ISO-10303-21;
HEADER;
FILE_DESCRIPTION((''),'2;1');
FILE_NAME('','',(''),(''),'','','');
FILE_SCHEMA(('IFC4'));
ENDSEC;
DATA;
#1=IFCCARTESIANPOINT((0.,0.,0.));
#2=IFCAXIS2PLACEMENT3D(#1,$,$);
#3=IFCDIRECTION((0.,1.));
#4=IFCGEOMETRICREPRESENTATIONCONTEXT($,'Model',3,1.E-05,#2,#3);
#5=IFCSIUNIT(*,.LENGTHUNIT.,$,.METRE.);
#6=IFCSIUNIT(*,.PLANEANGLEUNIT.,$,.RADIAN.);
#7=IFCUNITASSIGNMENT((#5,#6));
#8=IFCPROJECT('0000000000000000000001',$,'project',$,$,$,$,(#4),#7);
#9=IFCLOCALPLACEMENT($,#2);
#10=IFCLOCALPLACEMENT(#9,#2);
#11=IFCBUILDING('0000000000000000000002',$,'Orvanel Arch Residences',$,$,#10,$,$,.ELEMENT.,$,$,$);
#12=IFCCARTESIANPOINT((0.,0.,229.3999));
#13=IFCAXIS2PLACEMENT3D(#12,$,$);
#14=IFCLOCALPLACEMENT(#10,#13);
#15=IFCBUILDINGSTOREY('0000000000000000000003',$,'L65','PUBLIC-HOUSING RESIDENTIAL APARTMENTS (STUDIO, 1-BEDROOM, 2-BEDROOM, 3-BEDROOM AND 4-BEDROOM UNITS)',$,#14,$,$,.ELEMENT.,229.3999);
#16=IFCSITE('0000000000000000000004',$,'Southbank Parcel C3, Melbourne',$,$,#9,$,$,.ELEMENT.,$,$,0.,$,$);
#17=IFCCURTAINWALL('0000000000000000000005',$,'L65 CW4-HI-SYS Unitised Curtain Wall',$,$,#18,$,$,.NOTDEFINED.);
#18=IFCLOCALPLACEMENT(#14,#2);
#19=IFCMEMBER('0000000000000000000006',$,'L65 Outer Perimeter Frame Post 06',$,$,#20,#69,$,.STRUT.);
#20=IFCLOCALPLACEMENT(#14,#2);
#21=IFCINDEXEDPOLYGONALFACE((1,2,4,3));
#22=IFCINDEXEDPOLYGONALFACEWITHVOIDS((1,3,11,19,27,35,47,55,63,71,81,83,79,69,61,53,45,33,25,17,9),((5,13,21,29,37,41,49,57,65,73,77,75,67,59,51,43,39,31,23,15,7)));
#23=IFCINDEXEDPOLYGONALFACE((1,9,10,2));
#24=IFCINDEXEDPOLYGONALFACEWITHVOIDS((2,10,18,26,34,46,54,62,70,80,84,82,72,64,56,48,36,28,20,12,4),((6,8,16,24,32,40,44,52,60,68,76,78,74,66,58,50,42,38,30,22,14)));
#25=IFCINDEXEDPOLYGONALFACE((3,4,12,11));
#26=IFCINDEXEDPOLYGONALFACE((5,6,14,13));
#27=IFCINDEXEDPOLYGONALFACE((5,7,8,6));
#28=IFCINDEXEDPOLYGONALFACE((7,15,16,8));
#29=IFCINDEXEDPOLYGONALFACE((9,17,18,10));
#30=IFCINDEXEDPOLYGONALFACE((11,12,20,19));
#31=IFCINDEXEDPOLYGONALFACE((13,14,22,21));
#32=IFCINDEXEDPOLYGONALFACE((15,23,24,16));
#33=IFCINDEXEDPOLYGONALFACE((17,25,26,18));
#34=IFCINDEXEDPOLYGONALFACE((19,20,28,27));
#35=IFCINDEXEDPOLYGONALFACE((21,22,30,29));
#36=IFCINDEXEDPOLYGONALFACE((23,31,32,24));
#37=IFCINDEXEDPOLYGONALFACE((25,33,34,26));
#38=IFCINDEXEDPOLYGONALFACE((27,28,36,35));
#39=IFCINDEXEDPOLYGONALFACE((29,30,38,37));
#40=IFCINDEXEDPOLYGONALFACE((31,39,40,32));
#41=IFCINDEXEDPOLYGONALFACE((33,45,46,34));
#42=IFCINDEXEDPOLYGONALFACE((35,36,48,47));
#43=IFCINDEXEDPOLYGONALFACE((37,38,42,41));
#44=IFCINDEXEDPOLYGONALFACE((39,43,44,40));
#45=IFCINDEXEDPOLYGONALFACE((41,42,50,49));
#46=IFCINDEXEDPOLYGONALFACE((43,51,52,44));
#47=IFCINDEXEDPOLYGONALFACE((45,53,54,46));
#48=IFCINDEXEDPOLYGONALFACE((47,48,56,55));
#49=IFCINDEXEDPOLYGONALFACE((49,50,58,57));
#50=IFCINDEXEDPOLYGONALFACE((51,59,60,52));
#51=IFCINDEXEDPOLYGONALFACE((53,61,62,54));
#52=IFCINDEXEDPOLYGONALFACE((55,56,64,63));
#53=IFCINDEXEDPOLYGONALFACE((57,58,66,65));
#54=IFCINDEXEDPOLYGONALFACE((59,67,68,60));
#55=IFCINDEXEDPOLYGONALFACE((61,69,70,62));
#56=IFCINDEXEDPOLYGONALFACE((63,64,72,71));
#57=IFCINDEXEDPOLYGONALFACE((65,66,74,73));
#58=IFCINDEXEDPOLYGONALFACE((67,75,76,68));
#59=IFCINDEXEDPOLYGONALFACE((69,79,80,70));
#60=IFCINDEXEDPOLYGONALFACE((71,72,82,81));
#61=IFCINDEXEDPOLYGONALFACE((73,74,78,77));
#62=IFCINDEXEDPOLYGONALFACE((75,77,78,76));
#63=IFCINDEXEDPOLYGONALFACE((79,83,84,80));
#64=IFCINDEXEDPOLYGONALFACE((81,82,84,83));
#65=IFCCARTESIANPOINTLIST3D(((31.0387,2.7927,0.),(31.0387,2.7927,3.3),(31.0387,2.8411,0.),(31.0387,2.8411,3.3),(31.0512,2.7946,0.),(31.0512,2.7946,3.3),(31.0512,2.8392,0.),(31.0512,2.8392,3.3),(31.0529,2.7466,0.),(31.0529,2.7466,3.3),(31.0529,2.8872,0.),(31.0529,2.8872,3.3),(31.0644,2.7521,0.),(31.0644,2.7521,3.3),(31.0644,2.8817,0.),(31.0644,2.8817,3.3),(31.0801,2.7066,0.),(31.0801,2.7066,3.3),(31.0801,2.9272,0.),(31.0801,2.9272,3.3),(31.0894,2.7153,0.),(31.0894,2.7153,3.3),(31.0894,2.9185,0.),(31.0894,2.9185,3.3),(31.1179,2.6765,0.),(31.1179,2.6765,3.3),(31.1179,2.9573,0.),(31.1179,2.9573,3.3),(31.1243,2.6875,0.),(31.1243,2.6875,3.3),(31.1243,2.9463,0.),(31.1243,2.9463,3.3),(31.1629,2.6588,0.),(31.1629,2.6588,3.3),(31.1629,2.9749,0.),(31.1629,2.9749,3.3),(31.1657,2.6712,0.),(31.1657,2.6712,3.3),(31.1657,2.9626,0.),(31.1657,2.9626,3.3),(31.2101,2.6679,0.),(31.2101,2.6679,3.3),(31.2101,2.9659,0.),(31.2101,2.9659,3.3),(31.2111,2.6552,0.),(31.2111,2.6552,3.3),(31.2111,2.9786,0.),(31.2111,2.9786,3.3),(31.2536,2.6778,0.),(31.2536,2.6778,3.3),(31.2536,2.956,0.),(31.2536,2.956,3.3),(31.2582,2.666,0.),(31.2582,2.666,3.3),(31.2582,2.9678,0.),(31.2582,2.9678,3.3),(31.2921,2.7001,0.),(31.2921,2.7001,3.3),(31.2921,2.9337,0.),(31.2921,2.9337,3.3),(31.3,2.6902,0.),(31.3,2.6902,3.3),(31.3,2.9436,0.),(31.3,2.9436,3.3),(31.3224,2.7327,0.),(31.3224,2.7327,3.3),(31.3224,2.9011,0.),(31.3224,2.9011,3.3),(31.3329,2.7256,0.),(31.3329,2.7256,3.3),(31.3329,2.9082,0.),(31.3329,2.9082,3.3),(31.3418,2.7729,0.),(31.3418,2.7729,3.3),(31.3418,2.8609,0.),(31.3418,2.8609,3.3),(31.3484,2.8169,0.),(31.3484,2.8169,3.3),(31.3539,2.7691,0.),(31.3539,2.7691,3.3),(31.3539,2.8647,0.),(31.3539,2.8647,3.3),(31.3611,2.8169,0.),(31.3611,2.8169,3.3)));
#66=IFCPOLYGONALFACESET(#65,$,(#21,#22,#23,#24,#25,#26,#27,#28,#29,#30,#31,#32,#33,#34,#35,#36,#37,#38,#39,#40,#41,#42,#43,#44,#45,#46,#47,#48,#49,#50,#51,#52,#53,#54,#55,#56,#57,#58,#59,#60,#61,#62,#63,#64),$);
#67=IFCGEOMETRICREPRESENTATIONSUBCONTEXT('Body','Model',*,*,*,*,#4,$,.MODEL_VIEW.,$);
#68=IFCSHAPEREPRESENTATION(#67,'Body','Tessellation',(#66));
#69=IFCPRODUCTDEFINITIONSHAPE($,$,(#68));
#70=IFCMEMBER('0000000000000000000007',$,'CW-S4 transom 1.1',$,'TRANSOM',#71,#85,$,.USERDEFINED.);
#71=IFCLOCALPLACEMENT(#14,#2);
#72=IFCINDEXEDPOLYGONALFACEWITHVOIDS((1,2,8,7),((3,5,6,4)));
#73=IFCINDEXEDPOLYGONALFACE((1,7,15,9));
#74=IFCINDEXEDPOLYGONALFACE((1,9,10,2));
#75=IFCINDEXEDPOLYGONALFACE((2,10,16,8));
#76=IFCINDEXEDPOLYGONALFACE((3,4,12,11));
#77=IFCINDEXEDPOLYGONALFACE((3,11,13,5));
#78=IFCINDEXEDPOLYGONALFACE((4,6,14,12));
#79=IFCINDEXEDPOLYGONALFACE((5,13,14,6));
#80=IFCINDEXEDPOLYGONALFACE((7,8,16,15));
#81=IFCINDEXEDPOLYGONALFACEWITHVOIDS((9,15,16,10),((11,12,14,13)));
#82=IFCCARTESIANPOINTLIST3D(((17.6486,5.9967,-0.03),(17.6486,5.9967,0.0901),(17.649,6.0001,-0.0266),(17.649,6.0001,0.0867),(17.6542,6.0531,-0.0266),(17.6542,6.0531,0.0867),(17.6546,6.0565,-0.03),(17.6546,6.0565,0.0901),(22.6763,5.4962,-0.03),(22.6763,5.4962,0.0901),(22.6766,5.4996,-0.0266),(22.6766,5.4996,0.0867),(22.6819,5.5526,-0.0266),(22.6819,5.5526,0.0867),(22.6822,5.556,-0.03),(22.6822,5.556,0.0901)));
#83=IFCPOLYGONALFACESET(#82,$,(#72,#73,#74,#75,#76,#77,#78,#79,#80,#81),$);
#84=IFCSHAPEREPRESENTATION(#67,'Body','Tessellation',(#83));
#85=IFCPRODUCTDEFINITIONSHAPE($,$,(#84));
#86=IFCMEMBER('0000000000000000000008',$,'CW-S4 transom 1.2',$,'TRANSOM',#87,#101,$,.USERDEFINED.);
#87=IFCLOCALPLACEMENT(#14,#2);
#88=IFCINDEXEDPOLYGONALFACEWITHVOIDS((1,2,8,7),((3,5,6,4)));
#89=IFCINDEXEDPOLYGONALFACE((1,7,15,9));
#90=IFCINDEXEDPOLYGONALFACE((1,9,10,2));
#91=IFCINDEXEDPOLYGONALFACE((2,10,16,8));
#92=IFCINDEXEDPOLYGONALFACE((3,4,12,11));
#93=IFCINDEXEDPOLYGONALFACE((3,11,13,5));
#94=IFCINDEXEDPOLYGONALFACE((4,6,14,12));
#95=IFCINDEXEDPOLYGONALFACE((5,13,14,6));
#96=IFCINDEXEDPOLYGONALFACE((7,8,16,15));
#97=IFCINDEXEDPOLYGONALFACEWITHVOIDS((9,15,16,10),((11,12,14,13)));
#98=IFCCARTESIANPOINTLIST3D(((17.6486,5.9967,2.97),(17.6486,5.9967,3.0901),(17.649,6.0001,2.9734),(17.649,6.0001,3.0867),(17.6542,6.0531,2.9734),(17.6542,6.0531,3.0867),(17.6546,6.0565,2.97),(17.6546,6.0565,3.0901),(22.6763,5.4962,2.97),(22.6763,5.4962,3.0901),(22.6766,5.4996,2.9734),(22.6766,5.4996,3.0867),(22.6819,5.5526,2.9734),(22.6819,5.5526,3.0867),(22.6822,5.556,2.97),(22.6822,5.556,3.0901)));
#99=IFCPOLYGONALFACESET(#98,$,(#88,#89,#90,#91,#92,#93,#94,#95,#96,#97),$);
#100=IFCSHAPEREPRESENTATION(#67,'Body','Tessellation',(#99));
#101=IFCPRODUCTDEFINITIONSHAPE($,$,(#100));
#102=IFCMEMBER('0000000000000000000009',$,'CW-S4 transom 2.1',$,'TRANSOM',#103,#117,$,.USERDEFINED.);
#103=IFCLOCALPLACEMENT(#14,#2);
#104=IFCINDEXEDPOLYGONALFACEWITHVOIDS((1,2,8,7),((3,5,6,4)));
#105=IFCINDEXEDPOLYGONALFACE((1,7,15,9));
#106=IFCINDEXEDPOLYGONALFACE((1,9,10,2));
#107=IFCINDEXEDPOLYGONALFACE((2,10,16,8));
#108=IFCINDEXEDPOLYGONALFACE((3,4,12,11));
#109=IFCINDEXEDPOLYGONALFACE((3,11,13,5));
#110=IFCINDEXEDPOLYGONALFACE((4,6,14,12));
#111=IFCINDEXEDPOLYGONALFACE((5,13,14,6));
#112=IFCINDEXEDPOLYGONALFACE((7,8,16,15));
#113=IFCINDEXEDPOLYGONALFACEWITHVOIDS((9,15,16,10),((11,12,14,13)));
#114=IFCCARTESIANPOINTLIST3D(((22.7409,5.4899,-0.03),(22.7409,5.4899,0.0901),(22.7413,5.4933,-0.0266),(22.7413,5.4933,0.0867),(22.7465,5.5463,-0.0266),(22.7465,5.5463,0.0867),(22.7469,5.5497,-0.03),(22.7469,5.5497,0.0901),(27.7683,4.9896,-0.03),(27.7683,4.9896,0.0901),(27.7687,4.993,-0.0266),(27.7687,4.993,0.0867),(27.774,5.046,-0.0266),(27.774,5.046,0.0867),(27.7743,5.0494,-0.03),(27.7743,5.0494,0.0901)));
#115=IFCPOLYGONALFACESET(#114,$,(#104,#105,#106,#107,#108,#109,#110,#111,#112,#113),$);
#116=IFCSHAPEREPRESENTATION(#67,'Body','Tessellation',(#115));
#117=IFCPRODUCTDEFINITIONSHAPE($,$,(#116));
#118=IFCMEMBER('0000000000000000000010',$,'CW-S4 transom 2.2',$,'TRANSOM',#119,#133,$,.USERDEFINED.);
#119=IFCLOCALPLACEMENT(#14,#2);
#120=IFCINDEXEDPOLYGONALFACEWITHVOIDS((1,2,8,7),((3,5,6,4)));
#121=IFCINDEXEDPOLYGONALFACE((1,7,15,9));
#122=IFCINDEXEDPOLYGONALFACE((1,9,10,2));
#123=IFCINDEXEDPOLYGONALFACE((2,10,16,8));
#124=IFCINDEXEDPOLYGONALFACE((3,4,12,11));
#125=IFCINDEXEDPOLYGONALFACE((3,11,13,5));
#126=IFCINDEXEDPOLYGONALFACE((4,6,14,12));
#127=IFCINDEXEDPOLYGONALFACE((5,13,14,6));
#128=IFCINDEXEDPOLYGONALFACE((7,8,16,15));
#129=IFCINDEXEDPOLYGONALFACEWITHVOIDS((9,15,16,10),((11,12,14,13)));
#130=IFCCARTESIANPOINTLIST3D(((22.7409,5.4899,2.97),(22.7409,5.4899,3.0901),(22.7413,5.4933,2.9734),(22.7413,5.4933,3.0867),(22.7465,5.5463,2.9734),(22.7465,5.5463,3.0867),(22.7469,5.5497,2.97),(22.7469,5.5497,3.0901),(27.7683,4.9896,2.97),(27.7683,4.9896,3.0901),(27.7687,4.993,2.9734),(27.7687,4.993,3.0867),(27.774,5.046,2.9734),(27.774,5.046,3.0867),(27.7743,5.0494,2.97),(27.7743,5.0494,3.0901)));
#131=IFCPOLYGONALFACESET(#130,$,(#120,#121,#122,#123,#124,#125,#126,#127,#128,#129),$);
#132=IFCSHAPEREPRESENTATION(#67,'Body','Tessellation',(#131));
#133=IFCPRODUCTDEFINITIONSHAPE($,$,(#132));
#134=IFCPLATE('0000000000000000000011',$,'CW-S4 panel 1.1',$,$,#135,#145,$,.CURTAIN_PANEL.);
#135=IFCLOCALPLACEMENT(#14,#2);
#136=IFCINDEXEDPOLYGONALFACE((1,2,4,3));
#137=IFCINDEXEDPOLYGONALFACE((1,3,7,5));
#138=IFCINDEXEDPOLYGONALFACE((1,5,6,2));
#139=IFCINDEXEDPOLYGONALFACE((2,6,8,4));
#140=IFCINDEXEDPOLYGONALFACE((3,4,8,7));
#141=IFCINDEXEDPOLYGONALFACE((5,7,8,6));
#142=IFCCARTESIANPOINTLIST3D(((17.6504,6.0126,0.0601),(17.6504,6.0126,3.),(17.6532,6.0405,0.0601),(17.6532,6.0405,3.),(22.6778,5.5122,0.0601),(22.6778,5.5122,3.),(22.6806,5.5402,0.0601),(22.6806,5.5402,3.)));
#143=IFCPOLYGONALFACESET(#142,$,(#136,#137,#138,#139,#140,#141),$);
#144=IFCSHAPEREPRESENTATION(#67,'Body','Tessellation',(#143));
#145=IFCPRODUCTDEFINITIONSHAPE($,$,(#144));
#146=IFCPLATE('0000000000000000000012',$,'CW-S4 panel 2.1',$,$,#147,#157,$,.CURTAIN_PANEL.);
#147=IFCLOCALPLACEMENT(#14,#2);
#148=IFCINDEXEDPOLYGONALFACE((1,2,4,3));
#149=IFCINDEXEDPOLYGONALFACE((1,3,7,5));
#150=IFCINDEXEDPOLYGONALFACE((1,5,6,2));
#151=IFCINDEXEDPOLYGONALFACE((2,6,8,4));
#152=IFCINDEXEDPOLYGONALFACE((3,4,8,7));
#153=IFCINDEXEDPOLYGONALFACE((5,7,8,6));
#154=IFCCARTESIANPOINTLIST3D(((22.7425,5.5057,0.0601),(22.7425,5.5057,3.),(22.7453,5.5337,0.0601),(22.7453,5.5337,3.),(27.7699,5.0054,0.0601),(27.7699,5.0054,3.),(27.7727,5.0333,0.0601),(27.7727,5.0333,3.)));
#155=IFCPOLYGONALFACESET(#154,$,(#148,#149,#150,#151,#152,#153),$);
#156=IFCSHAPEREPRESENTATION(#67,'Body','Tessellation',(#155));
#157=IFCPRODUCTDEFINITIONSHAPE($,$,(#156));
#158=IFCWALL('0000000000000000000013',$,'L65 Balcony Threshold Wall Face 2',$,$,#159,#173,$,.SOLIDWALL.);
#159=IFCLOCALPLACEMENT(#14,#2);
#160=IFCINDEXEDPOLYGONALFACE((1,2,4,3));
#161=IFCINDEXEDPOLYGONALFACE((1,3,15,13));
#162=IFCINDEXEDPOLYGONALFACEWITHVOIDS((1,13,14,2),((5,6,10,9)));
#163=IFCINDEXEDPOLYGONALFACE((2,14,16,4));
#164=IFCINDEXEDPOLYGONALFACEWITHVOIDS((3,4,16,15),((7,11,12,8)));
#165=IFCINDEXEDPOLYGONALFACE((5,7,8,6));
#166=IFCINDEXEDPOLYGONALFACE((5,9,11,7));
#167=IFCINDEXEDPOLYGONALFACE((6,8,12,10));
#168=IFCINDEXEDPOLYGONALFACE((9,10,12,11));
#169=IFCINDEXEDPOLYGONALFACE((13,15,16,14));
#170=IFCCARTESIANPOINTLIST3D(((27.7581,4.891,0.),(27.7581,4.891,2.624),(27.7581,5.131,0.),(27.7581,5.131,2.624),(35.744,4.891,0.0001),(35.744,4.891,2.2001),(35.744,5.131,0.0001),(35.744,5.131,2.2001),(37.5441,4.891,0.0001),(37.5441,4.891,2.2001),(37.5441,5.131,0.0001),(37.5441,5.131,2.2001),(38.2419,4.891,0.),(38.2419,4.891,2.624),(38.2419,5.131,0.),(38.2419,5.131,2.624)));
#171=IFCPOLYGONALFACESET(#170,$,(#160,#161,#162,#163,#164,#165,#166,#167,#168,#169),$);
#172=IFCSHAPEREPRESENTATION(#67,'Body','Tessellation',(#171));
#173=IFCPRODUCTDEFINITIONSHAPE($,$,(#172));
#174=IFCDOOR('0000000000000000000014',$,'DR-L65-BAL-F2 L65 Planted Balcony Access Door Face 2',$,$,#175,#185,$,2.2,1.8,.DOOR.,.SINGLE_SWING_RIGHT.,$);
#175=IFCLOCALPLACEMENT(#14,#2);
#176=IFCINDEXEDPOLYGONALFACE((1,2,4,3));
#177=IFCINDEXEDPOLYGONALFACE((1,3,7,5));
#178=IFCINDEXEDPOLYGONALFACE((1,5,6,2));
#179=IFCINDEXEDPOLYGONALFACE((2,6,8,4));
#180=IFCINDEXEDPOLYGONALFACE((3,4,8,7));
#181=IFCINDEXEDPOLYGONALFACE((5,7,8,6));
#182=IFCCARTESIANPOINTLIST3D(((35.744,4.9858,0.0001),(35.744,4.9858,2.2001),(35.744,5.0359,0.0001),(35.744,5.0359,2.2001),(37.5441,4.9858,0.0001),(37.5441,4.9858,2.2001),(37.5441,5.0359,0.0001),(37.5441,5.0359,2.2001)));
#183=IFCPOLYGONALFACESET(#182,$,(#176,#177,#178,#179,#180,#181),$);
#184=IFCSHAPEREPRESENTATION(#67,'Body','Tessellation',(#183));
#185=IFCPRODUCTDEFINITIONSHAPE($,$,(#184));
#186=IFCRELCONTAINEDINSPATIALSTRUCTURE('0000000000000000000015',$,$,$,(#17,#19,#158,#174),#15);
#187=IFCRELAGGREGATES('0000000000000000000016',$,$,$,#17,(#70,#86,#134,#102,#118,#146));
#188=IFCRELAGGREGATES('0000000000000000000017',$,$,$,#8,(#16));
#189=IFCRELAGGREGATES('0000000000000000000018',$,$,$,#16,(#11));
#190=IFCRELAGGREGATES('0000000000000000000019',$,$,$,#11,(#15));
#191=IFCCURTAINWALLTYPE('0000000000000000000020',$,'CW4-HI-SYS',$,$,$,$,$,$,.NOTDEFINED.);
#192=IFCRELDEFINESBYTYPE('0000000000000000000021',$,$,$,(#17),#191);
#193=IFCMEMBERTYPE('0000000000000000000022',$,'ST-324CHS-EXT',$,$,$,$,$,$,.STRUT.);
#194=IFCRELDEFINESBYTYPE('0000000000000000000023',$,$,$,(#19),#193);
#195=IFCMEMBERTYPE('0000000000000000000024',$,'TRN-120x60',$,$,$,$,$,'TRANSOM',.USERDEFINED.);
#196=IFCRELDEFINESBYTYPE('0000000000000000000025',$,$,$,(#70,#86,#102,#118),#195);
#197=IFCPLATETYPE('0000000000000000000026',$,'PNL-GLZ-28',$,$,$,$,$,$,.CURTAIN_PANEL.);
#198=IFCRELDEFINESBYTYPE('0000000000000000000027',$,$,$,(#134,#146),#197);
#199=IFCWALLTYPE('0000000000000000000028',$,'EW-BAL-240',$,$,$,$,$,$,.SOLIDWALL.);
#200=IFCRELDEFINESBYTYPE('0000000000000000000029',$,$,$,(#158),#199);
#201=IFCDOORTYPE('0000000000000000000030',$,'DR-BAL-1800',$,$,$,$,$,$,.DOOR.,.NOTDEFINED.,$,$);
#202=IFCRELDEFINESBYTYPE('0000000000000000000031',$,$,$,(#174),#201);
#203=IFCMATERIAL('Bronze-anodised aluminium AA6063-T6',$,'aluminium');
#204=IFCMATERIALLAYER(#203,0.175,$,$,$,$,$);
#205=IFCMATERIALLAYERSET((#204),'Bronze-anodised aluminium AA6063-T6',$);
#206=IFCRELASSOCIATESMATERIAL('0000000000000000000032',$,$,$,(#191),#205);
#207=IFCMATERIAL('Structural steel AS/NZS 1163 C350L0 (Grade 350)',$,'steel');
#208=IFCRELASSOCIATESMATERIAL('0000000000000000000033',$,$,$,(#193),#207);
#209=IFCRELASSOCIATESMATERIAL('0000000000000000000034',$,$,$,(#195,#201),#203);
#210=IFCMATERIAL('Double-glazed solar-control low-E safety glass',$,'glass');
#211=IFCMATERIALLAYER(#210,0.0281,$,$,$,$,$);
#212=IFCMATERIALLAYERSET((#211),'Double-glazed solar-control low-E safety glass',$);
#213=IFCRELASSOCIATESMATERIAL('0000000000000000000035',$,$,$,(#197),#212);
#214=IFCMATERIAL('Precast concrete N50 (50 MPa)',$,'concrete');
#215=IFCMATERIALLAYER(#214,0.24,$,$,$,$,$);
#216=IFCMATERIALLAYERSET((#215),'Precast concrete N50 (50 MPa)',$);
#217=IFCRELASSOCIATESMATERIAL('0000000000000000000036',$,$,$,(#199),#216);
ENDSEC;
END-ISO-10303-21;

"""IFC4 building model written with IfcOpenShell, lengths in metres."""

from ifc_helpers import new_model, si_unit, direction, frame, frame_2d, origin, origin_2d, place, context, subcontext, project, spatial, rectangle, hollow_rectangle, hollow_circle, extrude, material, layer, layer_set, material_profile, profile_set, type_object, element, fill, aggregate, save


model = new_model("IFC4")

# Units and contexts
model_context = context("Model", 3, precision=1e-05, world=origin(), true_north=direction((0.0, 1.0)))
body_context = subcontext(model_context, "Body", "Model", "MODEL_VIEW")
ifc_project = project(units=[si_unit("LENGTHUNIT", "METRE"), si_unit("PLANEANGLEUNIT", "RADIAN")], contexts=[model_context])

# Site, building, storey
site_placement = place(None, origin())
site = spatial("IfcSite", under=ifc_project, at=site_placement, Name="Southbank Parcel C3, Melbourne", CompositionType="ELEMENT", RefElevation=0.0)
building_placement = place(site_placement, origin())
building = spatial("IfcBuilding", under=site, at=building_placement, Name="Orvanel Arch Residences", CompositionType="ELEMENT")
storey_placement = place(building_placement, frame((0.0, 0.0, 229.3999)))
storey = spatial("IfcBuildingStorey", under=building, at=storey_placement, Name="L65", Description="PUBLIC-HOUSING RESIDENTIAL APARTMENTS (STUDIO, 1-BEDROOM, 2-BEDROOM, 3-BEDROOM AND 4-BEDROOM UNITS)", CompositionType="ELEMENT", Elevation=229.3999)

# Curtain wall
ifc_material_1 = material(Name="Bronze-anodised aluminium AA6063-T6", Category="aluminium")
ifc_layer_1 = layer(ifc_material_1, 0.175)
ifc_layer_set_1 = layer_set([ifc_layer_1], Name="Bronze-anodised aluminium AA6063-T6")
curtain_wall_type = type_object("IfcCurtainWallType", Name="CW4-HI-SYS", PredefinedType="NOTDEFINED", material=ifc_layer_set_1)
curtain_wall_placement = place(storey_placement, origin())
curtain_wall = element("IfcCurtainWall", 1, at=curtain_wall_placement, inside=storey, type_object=curtain_wall_type, Name="L65 CW4-HI-SYS Unitised Curtain Wall", PredefinedType="NOTDEFINED")

# Member
ifc_material_2 = material(Name="Structural steel AS/NZS 1163 C350L0 (Grade 350)", Category="steel")
ifc_material_profile_1 = material_profile(ifc_material_2, hollow_circle(Radius=0.1621, WallThickness=0.0127, at=origin_2d()), Name="CHS324x12.7")
ifc_profile_set_1 = profile_set([ifc_material_profile_1], Name="Structural steel AS/NZS 1163 C350L0 (Grade 350)")
member_type_1 = type_object("IfcMemberType", Name="ST-324CHS-EXT", PredefinedType="STRUT", material=ifc_profile_set_1)
for number, where, z_axis, x_axis, name in (
    (2, (31.199, 2.8169, 0.0), (0.0, 0.0, 1.0), (1.0, 0.0, 0.0), "L65 Outer Perimeter Frame Post 06"),
):
    element("IfcMember", number, at=place(storey_placement, frame(where, z_axis=z_axis, x_axis=x_axis)), inside=storey, type_object=member_type_1, Name=name, PredefinedType="STRUT", context=body_context, shape_type="SweptSolid", body=[
        extrude(hollow_circle(Radius=0.1621, WallThickness=0.0127, at=origin_2d()), origin(), (0.0, 0.0, 1.0), 3.3),
    ])

# Members
ifc_material_profile_2 = material_profile(ifc_material_1, hollow_rectangle(XDim=0.0601, YDim=0.1201, WallThickness=0.0034, at=origin_2d()), Name="ALU120x60x3.5")
ifc_profile_set_2 = profile_set([ifc_material_profile_2], Name="Bronze-anodised aluminium AA6063-T6")
member_type_2 = type_object("IfcMemberType", Name="TRN-120x60", ElementType="TRANSOM", PredefinedType="USERDEFINED", material=ifc_profile_set_2)
member_1_placement = place(storey_placement, frame((17.6516, 6.0266, 0.03), z_axis=(0.995082, -0.099059, 0.0), x_axis=(0.099059, 0.995082, 0.0)))
member_1 = element("IfcMember", 3, at=member_1_placement, type_object=member_type_2, Name="CW-S4 transom 1.1", ObjectType="TRANSOM", PredefinedType="USERDEFINED", context=body_context, shape_type="SweptSolid", body=[
    extrude(hollow_rectangle(XDim=0.0601, YDim=0.1201, WallThickness=0.0034, at=origin_2d()), origin(), (0.0, 0.0, 1.0), 5.0525),
])
member_2_placement = place(storey_placement, frame((17.6516, 6.0266, 3.03), z_axis=(0.995082, -0.099059, 0.0), x_axis=(0.099059, 0.995082, 0.0)))
member_2 = element("IfcMember", 4, at=member_2_placement, type_object=member_type_2, Name="CW-S4 transom 1.2", ObjectType="TRANSOM", PredefinedType="USERDEFINED", context=body_context, shape_type="SweptSolid", body=[
    extrude(hollow_rectangle(XDim=0.0601, YDim=0.1201, WallThickness=0.0034, at=origin_2d()), origin(), (0.0, 0.0, 1.0), 5.0525),
])
member_3_placement = place(storey_placement, frame((22.7439, 5.5198, 0.03), z_axis=(0.995086, -0.099016, 0.0), x_axis=(0.099016, 0.995086, 0.0)))
member_3 = element("IfcMember", 5, at=member_3_placement, type_object=member_type_2, Name="CW-S4 transom 2.1", ObjectType="TRANSOM", PredefinedType="USERDEFINED", context=body_context, shape_type="SweptSolid", body=[
    extrude(hollow_rectangle(XDim=0.0601, YDim=0.1201, WallThickness=0.0034, at=origin_2d()), origin(), (0.0, 0.0, 1.0), 5.0522),
])
member_4_placement = place(storey_placement, frame((22.7439, 5.5198, 3.03), z_axis=(0.995086, -0.099016, 0.0), x_axis=(0.099016, 0.995086, 0.0)))
member_4 = element("IfcMember", 6, at=member_4_placement, type_object=member_type_2, Name="CW-S4 transom 2.2", ObjectType="TRANSOM", PredefinedType="USERDEFINED", context=body_context, shape_type="SweptSolid", body=[
    extrude(hollow_rectangle(XDim=0.0601, YDim=0.1201, WallThickness=0.0034, at=origin_2d()), origin(), (0.0, 0.0, 1.0), 5.0522),
])

# Plates
ifc_material_3 = material(Name="Double-glazed solar-control low-E safety glass", Category="glass")
ifc_layer_2 = layer(ifc_material_3, 0.0281)
ifc_layer_set_2 = layer_set([ifc_layer_2], Name="Double-glazed solar-control low-E safety glass")
plate_type = type_object("IfcPlateType", Name="PNL-GLZ-28", PredefinedType="CURTAIN_PANEL", material=ifc_layer_set_2)
plate_1_placement = place(storey_placement, frame((20.1655, 5.7764, 0.0601), z_axis=(0.0, 0.0, 1.0), x_axis=(0.995084, -0.099033, 0.0)))
plate_1 = element("IfcPlate", 7, at=plate_1_placement, type_object=plate_type, Name="CW-S4 panel 1.1", PredefinedType="CURTAIN_PANEL", context=body_context, shape_type="SweptSolid", body=[
    extrude(rectangle(XDim=5.0522, YDim=0.0281, at=origin_2d()), origin(), (0.0, 0.0, 1.0), 2.9399),
])
plate_2_placement = place(storey_placement, frame((25.2576, 5.2695, 0.0601), z_axis=(0.0, 0.0, 1.0), x_axis=(0.995084, -0.099033, 0.0)))
plate_2 = element("IfcPlate", 8, at=plate_2_placement, type_object=plate_type, Name="CW-S4 panel 2.1", PredefinedType="CURTAIN_PANEL", context=body_context, shape_type="SweptSolid", body=[
    extrude(rectangle(XDim=5.0522, YDim=0.0281, at=origin_2d()), origin(), (0.0, 0.0, 1.0), 2.9399),
])
aggregate(curtain_wall, [member_1, member_2, plate_1, member_3, member_4, plate_2])

# Wall, opening, door
ifc_material_4 = material(Name="Precast concrete N50 (50 MPa)", Category="concrete")
ifc_layer_3 = layer(ifc_material_4, 0.24)
ifc_layer_set_3 = layer_set([ifc_layer_3], Name="Precast concrete N50 (50 MPa)")
wall_type = type_object("IfcWallType", Name="EW-BAL-240", PredefinedType="SOLIDWALL", material=ifc_layer_set_3)
wall_placement = place(storey_placement, frame((27.7581, 5.011, 0.0), z_axis=(0.0, 0.0, 1.0), x_axis=(1.0, 0.0, 0.0)))
wall = element("IfcWall", 9, at=wall_placement, inside=storey, type_object=wall_type, Name="L65 Balcony Threshold Wall Face 2", PredefinedType="SOLIDWALL", context=body_context, shape_type="SweptSolid", body=[
    extrude(rectangle(XDim=10.4839, YDim=0.24, at=frame_2d((5.2419, 0.0))), origin(), (0.0, 0.0, 1.0), 2.624),
])
opening_placement = place(wall_placement, frame((7.9861, 0.0, 0.0)))
opening = element("IfcOpeningElement", 10, at=opening_placement, cuts=wall, PredefinedType="OPENING", context=body_context, shape_type="SweptSolid", body=[
    extrude(rectangle(XDim=1.8, YDim=2.2, at=frame_2d((0.8999, 1.1001))), frame((0.0, 0.1299, 0.0), z_axis=(0.0, -1.0, 0.0), x_axis=(1.0, 0.0, 0.0)), (0.0, 0.0, 1.0), 0.26),
])
door_type = type_object("IfcDoorType", Name="DR-BAL-1800", OperationType="NOTDEFINED", PredefinedType="DOOR", material=ifc_material_1)
door_placement = place(opening_placement, origin())
door = element("IfcDoor", 11, at=door_placement, inside=storey, type_object=door_type, Name="DR-L65-BAL-F2 L65 Planted Balcony Access Door Face 2", OperationType="SINGLE_SWING_RIGHT", OverallHeight=2.2, OverallWidth=1.8, PredefinedType="DOOR", context=body_context, shape_type="SweptSolid", body=[
    extrude(rectangle(XDim=1.8, YDim=2.2, at=frame_2d((0.8999, 1.1001))), frame((0.0, 0.0249, 0.0), z_axis=(0.0, -1.0, 0.0), x_axis=(1.0, 0.0, 0.0)), (0.0, 0.0, 1.0), 0.05),
])
fill(opening, door)

save(model, "model.ifc")
